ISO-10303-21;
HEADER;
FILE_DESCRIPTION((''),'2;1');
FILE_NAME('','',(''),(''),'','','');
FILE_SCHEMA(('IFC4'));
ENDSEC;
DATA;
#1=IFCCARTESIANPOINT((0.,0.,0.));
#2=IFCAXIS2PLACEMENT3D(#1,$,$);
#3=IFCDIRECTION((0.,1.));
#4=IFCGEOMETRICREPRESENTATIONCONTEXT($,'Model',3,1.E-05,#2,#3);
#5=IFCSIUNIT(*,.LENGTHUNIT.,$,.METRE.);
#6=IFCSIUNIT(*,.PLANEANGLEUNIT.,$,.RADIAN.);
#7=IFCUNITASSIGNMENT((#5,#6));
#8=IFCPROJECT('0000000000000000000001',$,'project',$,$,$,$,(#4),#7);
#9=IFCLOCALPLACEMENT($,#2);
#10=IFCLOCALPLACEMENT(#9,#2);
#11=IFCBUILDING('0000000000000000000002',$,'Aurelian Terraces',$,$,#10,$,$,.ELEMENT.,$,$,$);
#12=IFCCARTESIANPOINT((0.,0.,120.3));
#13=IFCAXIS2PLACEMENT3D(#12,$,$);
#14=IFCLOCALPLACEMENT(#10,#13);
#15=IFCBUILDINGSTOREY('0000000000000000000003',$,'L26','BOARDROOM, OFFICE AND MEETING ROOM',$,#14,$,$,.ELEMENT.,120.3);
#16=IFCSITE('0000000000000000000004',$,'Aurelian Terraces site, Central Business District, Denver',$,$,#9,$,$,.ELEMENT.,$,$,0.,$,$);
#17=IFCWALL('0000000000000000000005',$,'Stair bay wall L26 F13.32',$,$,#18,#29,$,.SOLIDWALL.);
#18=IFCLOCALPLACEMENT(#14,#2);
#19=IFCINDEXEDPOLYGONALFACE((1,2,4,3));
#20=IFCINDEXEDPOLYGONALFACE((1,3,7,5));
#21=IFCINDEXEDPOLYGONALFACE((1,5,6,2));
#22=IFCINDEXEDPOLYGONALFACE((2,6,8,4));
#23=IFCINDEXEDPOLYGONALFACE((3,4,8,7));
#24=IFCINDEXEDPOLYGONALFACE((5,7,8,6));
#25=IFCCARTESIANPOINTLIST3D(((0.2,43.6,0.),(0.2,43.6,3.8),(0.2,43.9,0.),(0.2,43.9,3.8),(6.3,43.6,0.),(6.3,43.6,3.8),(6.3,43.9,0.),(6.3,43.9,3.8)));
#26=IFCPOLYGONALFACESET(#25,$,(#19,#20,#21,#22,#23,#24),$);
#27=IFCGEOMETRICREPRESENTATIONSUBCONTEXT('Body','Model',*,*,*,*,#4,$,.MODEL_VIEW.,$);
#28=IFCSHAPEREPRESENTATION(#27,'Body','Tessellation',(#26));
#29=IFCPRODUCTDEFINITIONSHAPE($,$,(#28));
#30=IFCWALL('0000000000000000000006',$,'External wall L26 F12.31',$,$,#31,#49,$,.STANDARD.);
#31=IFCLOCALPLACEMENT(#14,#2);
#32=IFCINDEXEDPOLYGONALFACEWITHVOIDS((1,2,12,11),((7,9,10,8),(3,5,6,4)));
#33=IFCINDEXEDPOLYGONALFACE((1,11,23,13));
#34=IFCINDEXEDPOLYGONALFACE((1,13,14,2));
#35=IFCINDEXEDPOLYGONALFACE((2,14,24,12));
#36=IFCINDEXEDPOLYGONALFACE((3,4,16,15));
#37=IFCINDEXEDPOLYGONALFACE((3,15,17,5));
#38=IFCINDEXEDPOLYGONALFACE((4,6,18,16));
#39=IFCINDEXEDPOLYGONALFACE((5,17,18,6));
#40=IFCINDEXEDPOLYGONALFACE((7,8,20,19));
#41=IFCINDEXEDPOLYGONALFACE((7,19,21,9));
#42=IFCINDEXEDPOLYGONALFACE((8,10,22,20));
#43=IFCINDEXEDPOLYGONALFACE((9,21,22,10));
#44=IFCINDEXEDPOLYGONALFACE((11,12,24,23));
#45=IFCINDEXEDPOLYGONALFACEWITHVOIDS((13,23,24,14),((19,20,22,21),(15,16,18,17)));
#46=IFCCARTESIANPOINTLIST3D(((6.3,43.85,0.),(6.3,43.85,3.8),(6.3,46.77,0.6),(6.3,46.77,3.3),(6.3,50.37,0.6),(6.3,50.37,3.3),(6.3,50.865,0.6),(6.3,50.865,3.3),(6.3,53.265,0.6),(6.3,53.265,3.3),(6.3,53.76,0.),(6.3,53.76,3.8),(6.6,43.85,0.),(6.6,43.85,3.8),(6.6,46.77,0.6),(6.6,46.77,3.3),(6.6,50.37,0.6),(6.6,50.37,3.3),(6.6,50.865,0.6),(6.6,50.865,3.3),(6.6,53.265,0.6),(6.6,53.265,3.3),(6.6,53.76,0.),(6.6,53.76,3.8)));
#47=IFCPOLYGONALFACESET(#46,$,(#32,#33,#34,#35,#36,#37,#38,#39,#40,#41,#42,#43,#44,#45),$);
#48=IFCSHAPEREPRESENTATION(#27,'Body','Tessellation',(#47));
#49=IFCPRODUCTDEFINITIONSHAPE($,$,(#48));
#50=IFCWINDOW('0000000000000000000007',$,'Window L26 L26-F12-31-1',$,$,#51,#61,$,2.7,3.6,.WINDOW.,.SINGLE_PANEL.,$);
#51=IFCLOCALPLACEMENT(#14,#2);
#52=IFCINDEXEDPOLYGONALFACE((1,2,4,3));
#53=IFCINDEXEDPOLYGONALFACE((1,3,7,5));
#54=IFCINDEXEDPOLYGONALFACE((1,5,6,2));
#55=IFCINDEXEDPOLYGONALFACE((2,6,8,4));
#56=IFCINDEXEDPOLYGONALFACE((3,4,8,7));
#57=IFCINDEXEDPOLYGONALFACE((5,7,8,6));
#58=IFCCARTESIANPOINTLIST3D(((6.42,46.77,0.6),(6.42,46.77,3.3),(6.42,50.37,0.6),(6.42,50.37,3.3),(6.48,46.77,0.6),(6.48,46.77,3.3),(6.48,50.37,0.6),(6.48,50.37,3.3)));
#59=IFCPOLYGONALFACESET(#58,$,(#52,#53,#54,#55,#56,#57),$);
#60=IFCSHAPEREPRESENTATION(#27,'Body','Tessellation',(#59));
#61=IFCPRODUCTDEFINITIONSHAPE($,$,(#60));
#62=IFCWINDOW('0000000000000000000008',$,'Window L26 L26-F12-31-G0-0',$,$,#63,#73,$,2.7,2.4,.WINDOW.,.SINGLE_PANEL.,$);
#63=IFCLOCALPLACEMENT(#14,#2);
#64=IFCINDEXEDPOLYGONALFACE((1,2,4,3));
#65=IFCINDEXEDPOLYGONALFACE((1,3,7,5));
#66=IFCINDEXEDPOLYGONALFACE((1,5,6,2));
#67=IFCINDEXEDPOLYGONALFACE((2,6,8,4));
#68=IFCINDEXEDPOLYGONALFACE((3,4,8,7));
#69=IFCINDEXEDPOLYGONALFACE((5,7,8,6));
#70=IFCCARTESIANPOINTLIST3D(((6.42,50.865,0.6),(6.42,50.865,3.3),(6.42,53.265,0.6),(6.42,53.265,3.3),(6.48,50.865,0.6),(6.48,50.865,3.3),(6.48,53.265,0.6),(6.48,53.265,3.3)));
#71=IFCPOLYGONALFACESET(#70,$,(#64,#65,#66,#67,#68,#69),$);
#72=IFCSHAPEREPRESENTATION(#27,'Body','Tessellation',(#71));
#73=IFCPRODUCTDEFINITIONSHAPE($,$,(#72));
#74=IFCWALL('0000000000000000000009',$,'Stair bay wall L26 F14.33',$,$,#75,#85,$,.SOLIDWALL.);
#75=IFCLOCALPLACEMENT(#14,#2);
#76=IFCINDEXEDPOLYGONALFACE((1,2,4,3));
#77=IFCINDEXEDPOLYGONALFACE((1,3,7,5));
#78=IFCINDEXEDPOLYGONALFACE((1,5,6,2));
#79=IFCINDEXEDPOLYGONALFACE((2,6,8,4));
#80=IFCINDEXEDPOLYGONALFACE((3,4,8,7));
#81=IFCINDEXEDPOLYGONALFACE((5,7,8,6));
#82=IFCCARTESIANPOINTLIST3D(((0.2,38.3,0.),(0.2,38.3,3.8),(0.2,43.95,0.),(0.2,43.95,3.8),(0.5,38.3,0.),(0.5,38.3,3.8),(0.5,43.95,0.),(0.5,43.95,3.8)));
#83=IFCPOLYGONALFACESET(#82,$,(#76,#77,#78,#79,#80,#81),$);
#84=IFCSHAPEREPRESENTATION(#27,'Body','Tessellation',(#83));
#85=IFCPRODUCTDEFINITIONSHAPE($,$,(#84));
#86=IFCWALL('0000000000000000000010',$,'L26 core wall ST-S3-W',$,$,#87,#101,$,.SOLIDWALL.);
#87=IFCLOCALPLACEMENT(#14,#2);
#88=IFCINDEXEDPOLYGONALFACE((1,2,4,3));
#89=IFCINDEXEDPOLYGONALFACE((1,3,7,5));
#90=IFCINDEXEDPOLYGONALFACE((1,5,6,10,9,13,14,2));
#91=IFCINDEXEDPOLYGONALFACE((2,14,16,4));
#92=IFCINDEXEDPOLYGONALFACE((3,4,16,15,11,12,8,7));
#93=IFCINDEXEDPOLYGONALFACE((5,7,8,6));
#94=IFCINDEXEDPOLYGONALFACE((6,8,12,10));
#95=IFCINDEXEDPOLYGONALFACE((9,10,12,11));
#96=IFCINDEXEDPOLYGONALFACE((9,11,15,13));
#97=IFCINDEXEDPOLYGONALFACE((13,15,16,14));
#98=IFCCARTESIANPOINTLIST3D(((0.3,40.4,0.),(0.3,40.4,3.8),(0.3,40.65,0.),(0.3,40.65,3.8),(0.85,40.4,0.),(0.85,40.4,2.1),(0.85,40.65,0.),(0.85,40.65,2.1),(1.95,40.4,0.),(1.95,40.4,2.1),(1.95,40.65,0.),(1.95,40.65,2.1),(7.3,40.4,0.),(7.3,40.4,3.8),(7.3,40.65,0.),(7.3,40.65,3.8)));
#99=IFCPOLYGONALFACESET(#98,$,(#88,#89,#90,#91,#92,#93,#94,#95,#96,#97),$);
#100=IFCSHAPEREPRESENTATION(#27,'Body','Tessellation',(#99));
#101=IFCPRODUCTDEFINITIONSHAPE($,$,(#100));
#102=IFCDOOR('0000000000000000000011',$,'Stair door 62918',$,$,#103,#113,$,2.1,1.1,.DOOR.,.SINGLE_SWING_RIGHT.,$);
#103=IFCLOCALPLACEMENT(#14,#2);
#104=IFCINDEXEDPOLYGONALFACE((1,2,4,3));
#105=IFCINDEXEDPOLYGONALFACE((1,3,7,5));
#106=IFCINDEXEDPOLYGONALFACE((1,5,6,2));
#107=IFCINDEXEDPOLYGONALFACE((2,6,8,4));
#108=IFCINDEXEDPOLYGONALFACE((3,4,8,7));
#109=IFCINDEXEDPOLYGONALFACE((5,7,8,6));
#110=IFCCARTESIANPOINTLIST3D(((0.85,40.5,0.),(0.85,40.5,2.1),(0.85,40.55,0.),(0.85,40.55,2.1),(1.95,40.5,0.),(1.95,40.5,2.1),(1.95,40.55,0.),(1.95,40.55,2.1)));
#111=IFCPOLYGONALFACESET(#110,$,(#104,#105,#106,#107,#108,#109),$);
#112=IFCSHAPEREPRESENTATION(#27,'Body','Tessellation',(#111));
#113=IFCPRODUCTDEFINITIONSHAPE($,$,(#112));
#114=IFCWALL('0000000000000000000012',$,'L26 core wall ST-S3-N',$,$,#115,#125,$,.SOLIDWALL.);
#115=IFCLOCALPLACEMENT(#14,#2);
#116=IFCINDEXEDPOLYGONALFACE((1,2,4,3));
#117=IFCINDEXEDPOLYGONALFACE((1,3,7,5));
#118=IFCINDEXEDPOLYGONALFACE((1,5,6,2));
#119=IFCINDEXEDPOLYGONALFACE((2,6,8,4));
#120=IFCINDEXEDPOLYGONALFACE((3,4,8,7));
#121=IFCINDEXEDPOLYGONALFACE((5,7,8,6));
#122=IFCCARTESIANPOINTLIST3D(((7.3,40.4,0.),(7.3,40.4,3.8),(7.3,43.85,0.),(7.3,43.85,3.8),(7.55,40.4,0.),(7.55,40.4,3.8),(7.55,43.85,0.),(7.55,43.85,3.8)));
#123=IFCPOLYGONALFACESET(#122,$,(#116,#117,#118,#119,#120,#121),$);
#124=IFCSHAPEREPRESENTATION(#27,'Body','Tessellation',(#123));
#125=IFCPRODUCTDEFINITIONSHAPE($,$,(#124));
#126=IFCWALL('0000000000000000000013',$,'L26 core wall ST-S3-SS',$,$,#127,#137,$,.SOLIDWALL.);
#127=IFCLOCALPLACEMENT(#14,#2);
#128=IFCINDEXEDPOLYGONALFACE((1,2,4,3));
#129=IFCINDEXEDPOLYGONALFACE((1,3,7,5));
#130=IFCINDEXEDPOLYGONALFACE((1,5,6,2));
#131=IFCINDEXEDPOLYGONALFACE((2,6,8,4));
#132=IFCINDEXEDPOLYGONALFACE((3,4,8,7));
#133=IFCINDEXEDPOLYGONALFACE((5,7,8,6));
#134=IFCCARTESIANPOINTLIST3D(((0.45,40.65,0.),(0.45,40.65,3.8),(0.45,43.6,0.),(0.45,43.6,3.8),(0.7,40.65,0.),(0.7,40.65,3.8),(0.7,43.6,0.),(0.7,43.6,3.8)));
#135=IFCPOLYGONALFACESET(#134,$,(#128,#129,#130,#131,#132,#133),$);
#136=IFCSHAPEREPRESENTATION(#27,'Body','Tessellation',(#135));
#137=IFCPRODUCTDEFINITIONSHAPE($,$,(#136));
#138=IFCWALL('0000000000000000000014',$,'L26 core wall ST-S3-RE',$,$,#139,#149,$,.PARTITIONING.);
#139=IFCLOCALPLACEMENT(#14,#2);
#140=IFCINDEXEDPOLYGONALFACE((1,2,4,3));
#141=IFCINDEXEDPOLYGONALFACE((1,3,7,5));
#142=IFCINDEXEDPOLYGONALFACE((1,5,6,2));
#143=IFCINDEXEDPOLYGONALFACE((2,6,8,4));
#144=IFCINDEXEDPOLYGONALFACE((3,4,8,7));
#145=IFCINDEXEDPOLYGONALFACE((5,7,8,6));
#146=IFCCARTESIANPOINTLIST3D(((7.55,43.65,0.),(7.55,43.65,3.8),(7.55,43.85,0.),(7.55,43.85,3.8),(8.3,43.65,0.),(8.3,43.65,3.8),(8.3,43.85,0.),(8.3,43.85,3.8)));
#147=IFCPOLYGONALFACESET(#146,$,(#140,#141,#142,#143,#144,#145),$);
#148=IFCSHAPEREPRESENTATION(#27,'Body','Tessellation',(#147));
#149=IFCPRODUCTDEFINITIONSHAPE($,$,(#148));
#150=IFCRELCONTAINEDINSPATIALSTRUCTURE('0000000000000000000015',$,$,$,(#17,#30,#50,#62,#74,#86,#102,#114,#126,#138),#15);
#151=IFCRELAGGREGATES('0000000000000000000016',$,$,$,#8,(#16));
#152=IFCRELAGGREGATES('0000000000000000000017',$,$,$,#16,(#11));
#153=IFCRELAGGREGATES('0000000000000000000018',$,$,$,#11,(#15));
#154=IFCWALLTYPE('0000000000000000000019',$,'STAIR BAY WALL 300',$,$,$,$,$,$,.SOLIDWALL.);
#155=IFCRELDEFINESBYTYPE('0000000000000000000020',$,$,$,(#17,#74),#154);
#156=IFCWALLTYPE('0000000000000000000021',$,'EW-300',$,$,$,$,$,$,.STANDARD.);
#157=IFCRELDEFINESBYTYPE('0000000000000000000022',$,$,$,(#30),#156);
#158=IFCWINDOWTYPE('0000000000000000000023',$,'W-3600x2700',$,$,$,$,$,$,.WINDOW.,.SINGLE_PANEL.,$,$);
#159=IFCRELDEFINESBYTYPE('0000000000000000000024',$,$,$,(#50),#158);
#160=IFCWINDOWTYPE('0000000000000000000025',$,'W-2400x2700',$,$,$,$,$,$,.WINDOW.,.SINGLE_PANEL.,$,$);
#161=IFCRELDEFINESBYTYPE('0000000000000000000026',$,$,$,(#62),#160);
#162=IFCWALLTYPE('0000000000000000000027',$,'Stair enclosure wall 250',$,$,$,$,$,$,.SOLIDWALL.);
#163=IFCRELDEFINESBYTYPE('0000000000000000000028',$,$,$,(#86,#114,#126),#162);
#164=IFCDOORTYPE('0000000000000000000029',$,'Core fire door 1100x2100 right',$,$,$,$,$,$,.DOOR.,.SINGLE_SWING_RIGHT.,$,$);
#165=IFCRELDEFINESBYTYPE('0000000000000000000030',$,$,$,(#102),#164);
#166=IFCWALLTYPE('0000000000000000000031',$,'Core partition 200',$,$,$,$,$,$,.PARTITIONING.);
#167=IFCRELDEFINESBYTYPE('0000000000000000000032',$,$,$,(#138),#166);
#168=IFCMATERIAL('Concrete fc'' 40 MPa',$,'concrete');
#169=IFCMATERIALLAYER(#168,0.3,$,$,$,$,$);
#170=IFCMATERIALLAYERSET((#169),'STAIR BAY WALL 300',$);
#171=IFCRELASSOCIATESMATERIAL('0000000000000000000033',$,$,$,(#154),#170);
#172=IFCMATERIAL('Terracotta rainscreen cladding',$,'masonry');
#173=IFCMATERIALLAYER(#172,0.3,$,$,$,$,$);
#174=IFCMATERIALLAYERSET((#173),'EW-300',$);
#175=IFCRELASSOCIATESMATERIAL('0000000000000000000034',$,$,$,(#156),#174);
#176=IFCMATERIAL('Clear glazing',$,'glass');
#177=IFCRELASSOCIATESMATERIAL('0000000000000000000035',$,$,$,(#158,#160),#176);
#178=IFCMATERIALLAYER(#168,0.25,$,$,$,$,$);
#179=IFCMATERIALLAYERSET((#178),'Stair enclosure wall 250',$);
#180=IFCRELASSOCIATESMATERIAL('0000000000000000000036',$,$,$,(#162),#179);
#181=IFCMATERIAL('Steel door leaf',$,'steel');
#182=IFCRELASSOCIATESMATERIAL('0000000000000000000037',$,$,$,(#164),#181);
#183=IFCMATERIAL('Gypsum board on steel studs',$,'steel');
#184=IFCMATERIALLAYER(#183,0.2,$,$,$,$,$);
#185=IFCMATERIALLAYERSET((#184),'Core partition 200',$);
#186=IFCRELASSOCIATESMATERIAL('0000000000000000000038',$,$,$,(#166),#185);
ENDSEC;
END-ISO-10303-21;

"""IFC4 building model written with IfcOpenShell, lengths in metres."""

from ifc_helpers import new_model, si_unit, direction, frame, frame_2d, origin, place, context, subcontext, project, spatial, rectangle, extrude, source, transform, mapped, material, layer, layer_set, type_object, element, fill, save


model = new_model("IFC4")

# Units and contexts
model_context = context("Model", 3, precision=1e-05, world=origin(), true_north=direction((0.0, 1.0)))
body_context = subcontext(model_context, "Body", "Model", "MODEL_VIEW")
ifc_project = project(units=[si_unit("LENGTHUNIT", "METRE"), si_unit("PLANEANGLEUNIT", "RADIAN")], contexts=[model_context])

# Site, building, storey
site_placement = place(None, origin())
site = spatial("IfcSite", under=ifc_project, at=site_placement, Name="Aurelian Terraces site, Central Business District, Denver", CompositionType="ELEMENT", RefElevation=0.0)
building_placement = place(site_placement, origin())
building = spatial("IfcBuilding", under=site, at=building_placement, Name="Aurelian Terraces", CompositionType="ELEMENT")
storey_placement = place(building_placement, frame((0.0, 0.0, 120.3)))
storey = spatial("IfcBuildingStorey", under=building, at=storey_placement, Name="L26", Description="BOARDROOM, OFFICE AND MEETING ROOM", CompositionType="ELEMENT", Elevation=120.3)

# Wall
ifc_material_1 = material(Name="Concrete fc' 40 MPa", Category="concrete")
ifc_layer_1 = layer(ifc_material_1, 0.3)
ifc_layer_set_1 = layer_set([ifc_layer_1], Name="STAIR BAY WALL 300")
wall_type_1 = type_object("IfcWallType", Name="STAIR BAY WALL 300", PredefinedType="SOLIDWALL", material=ifc_layer_set_1)
shared_shape_1 = source(origin(), body_context, "Body", "SweptSolid", [
    extrude(rectangle(XDim=6.1, YDim=0.3, at=frame_2d((3.05, 0.0))), origin(), (0.0, 0.0, 1.0), 3.8),
])
wall_1_placement = place(storey_placement, frame((6.3, 43.75, 0.0), z_axis=(0.0, 0.0, 1.0), x_axis=(-1.0, 0.0, 0.0)))
element("IfcWall", 1, at=wall_1_placement, inside=storey, type_object=wall_type_1, Name="Stair bay wall L26 F13.32", PredefinedType="SOLIDWALL", context=body_context, shape_type="MappedRepresentation", body=[
    mapped(shared_shape_1, transform((0.0, 0.0, 0.0), scale=1.0)),
])

# Wall, openings, windows
ifc_material_2 = material(Name="Terracotta rainscreen cladding", Category="masonry")
ifc_layer_2 = layer(ifc_material_2, 0.3)
ifc_layer_set_2 = layer_set([ifc_layer_2], Name="EW-300")
wall_type_2 = type_object("IfcWallType", Name="EW-300", PredefinedType="STANDARD", material=ifc_layer_set_2)
shared_shape_2 = source(origin(), body_context, "Body", "SweptSolid", [
    extrude(rectangle(XDim=9.91, YDim=0.3, at=frame_2d((4.955, 0.0))), origin(), (0.0, 0.0, 1.0), 3.8),
])
wall_2_placement = place(storey_placement, frame((6.45, 53.76, 0.0), z_axis=(0.0, 0.0, 1.0), x_axis=(0.0, -1.0, 0.0)))
wall_2 = element("IfcWall", 2, at=wall_2_placement, inside=storey, type_object=wall_type_2, Name="External wall L26 F12.31", PredefinedType="STANDARD", context=body_context, shape_type="MappedRepresentation", body=[
    mapped(shared_shape_2, transform((0.0, 0.0, 0.0), scale=1.0)),
])
shared_shape_3 = source(origin(), body_context, "Body", "SweptSolid", [
    extrude(rectangle(XDim=3.6, YDim=2.7, at=frame_2d((1.8, 1.35))), frame((0.0, 0.16, 0.0), z_axis=(0.0, -1.0, 0.0), x_axis=(1.0, 0.0, 0.0)), (0.0, 0.0, 1.0), 0.32),
])
opening_1_placement = place(wall_2_placement, frame((3.39, 0.0, 0.6)))
opening_1 = element("IfcOpeningElement", 3, at=opening_1_placement, cuts=wall_2, PredefinedType="OPENING", context=body_context, shape_type="MappedRepresentation", body=[
    mapped(shared_shape_3, transform((0.0, 0.0, 0.0), scale=1.0)),
])
shared_shape_4 = source(origin(), body_context, "Body", "SweptSolid", [
    extrude(rectangle(XDim=2.4, YDim=2.7, at=frame_2d((1.2, 1.35))), frame((0.0, 0.16, 0.0), z_axis=(0.0, -1.0, 0.0), x_axis=(1.0, 0.0, 0.0)), (0.0, 0.0, 1.0), 0.32),
])
opening_2_placement = place(wall_2_placement, frame((0.495, 0.0, 0.6)))
opening_2 = element("IfcOpeningElement", 4, at=opening_2_placement, cuts=wall_2, PredefinedType="OPENING", context=body_context, shape_type="MappedRepresentation", body=[
    mapped(shared_shape_4, transform((0.0, 0.0, 0.0), scale=1.0)),
])
ifc_material_3 = material(Name="Clear glazing", Category="glass")
window_type_1 = type_object("IfcWindowType", Name="W-3600x2700", PartitioningType="SINGLE_PANEL", PredefinedType="WINDOW", material=ifc_material_3)
shared_shape_5 = source(origin(), body_context, "Body", "SweptSolid", [
    extrude(rectangle(XDim=3.6, YDim=2.7, at=frame_2d((1.8, 1.35))), frame((0.0, 0.03, 0.0), z_axis=(0.0, -1.0, 0.0), x_axis=(1.0, 0.0, 0.0)), (0.0, 0.0, 1.0), 0.06),
])
window_1_placement = place(opening_1_placement, origin())
window_1 = element("IfcWindow", 5, at=window_1_placement, inside=storey, type_object=window_type_1, Name="Window L26 L26-F12-31-1", OverallHeight=2.7, OverallWidth=3.6, PartitioningType="SINGLE_PANEL", PredefinedType="WINDOW", context=body_context, shape_type="MappedRepresentation", body=[
    mapped(shared_shape_5, transform((0.0, 0.0, 0.0), scale=1.0)),
])
fill(opening_1, window_1)
window_type_2 = type_object("IfcWindowType", Name="W-2400x2700", PartitioningType="SINGLE_PANEL", PredefinedType="WINDOW", material=ifc_material_3)
shared_shape_6 = source(origin(), body_context, "Body", "SweptSolid", [
    extrude(rectangle(XDim=2.4, YDim=2.7, at=frame_2d((1.2, 1.35))), frame((0.0, 0.03, 0.0), z_axis=(0.0, -1.0, 0.0), x_axis=(1.0, 0.0, 0.0)), (0.0, 0.0, 1.0), 0.06),
])
window_2_placement = place(opening_2_placement, origin())
window_2 = element("IfcWindow", 6, at=window_2_placement, inside=storey, type_object=window_type_2, Name="Window L26 L26-F12-31-G0-0", OverallHeight=2.7, OverallWidth=2.4, PartitioningType="SINGLE_PANEL", PredefinedType="WINDOW", context=body_context, shape_type="MappedRepresentation", body=[
    mapped(shared_shape_6, transform((0.0, 0.0, 0.0), scale=1.0)),
])
fill(opening_2, window_2)

# Wall
shared_shape_7 = source(origin(), body_context, "Body", "SweptSolid", [
    extrude(rectangle(XDim=5.65, YDim=0.3, at=frame_2d((2.825, 0.0))), origin(), (0.0, 0.0, 1.0), 3.8),
])
wall_3_placement = place(storey_placement, frame((0.35, 43.95, 0.0), z_axis=(0.0, 0.0, 1.0), x_axis=(0.0, -1.0, 0.0)))
element("IfcWall", 7, at=wall_3_placement, inside=storey, type_object=wall_type_1, Name="Stair bay wall L26 F14.33", PredefinedType="SOLIDWALL", context=body_context, shape_type="MappedRepresentation", body=[
    mapped(shared_shape_7, transform((0.0, 0.0, 0.0), scale=1.0)),
])

# Wall, opening, door
ifc_layer_3 = layer(ifc_material_1, 0.25)
ifc_layer_set_3 = layer_set([ifc_layer_3], Name="Stair enclosure wall 250")
wall_type_3 = type_object("IfcWallType", Name="Stair enclosure wall 250", PredefinedType="SOLIDWALL", material=ifc_layer_set_3)
shared_shape_8 = source(origin(), body_context, "Body", "SweptSolid", [
    extrude(rectangle(XDim=7.0, YDim=0.25, at=frame_2d((3.5, 0.0))), origin(), (0.0, 0.0, 1.0), 3.8),
])
wall_4_placement = place(storey_placement, frame((0.3, 40.525, 0.0), z_axis=(0.0, 0.0, 1.0), x_axis=(1.0, 0.0, 0.0)))
wall_4 = element("IfcWall", 8, at=wall_4_placement, inside=storey, type_object=wall_type_3, Name="L26 core wall ST-S3-W", PredefinedType="SOLIDWALL", context=body_context, shape_type="MappedRepresentation", body=[
    mapped(shared_shape_8, transform((0.0, 0.0, 0.0), scale=1.0)),
])
shared_shape_9 = source(origin(), body_context, "Body", "SweptSolid", [
    extrude(rectangle(XDim=1.1, YDim=2.1, at=frame_2d((0.55, 1.05))), frame((0.0, 0.135, 0.0), z_axis=(0.0, -1.0, 0.0), x_axis=(1.0, 0.0, 0.0)), (0.0, 0.0, 1.0), 0.27),
])
opening_3_placement = place(wall_4_placement, frame((0.55, 0.0, 0.0)))
opening_3 = element("IfcOpeningElement", 9, at=opening_3_placement, cuts=wall_4, PredefinedType="OPENING", context=body_context, shape_type="MappedRepresentation", body=[
    mapped(shared_shape_9, transform((0.0, 0.0, 0.0), scale=1.0)),
])
ifc_material_4 = material(Name="Steel door leaf", Category="steel")
door_type_1 = type_object("IfcDoorType", Name="Core fire door 1100x2100 right", OperationType="SINGLE_SWING_RIGHT", PredefinedType="DOOR", material=ifc_material_4)
shared_shape_10 = source(origin(), body_context, "Body", "SweptSolid", [
    extrude(rectangle(XDim=1.1, YDim=2.1, at=frame_2d((0.55, 1.05))), frame((0.0, 0.025, 0.0), z_axis=(0.0, -1.0, 0.0), x_axis=(1.0, 0.0, 0.0)), (0.0, 0.0, 1.0), 0.05),
])
door_1_placement = place(opening_3_placement, origin())
door_1 = element("IfcDoor", 10, at=door_1_placement, inside=storey, type_object=door_type_1, Name="Stair door 62918", OperationType="SINGLE_SWING_RIGHT", OverallHeight=2.1, OverallWidth=1.1, PredefinedType="DOOR", context=body_context, shape_type="MappedRepresentation", body=[
    mapped(shared_shape_10, transform((0.0, 0.0, 0.0), scale=1.0)),
])
fill(opening_3, door_1)

# Walls
shared_shape_11 = source(origin(), body_context, "Body", "SweptSolid", [
    extrude(rectangle(XDim=3.45, YDim=0.25, at=frame_2d((1.725, 0.0))), origin(), (0.0, 0.0, 1.0), 3.8),
])
wall_5_placement = place(storey_placement, frame((7.425, 40.4, 0.0), z_axis=(0.0, 0.0, 1.0), x_axis=(0.0, 1.0, 0.0)))
element("IfcWall", 11, at=wall_5_placement, inside=storey, type_object=wall_type_3, Name="L26 core wall ST-S3-N", PredefinedType="SOLIDWALL", context=body_context, shape_type="MappedRepresentation", body=[
    mapped(shared_shape_11, transform((0.0, 0.0, 0.0), scale=1.0)),
])
shared_shape_12 = source(origin(), body_context, "Body", "SweptSolid", [
    extrude(rectangle(XDim=2.95, YDim=0.25, at=frame_2d((1.475, 0.0))), origin(), (0.0, 0.0, 1.0), 3.8),
])
wall_6_placement = place(storey_placement, frame((0.575, 40.65, 0.0), z_axis=(0.0, 0.0, 1.0), x_axis=(0.0, 1.0, 0.0)))
element("IfcWall", 12, at=wall_6_placement, inside=storey, type_object=wall_type_3, Name="L26 core wall ST-S3-SS", PredefinedType="SOLIDWALL", context=body_context, shape_type="MappedRepresentation", body=[
    mapped(shared_shape_12, transform((0.0, 0.0, 0.0), scale=1.0)),
])
ifc_material_5 = material(Name="Gypsum board on steel studs", Category="steel")
ifc_layer_4 = layer(ifc_material_5, 0.2)
ifc_layer_set_4 = layer_set([ifc_layer_4], Name="Core partition 200")
wall_type_4 = type_object("IfcWallType", Name="Core partition 200", PredefinedType="PARTITIONING", material=ifc_layer_set_4)
shared_shape_13 = source(origin(), body_context, "Body", "SweptSolid", [
    extrude(rectangle(XDim=0.75, YDim=0.2, at=frame_2d((0.375, 0.0))), origin(), (0.0, 0.0, 1.0), 3.8),
])
wall_7_placement = place(storey_placement, frame((7.55, 43.75, 0.0), z_axis=(0.0, 0.0, 1.0), x_axis=(1.0, 0.0, 0.0)))
element("IfcWall", 13, at=wall_7_placement, inside=storey, type_object=wall_type_4, Name="L26 core wall ST-S3-RE", PredefinedType="PARTITIONING", context=body_context, shape_type="MappedRepresentation", body=[
    mapped(shared_shape_13, transform((0.0, 0.0, 0.0), scale=1.0)),
])

save(model, "model.ifc")
